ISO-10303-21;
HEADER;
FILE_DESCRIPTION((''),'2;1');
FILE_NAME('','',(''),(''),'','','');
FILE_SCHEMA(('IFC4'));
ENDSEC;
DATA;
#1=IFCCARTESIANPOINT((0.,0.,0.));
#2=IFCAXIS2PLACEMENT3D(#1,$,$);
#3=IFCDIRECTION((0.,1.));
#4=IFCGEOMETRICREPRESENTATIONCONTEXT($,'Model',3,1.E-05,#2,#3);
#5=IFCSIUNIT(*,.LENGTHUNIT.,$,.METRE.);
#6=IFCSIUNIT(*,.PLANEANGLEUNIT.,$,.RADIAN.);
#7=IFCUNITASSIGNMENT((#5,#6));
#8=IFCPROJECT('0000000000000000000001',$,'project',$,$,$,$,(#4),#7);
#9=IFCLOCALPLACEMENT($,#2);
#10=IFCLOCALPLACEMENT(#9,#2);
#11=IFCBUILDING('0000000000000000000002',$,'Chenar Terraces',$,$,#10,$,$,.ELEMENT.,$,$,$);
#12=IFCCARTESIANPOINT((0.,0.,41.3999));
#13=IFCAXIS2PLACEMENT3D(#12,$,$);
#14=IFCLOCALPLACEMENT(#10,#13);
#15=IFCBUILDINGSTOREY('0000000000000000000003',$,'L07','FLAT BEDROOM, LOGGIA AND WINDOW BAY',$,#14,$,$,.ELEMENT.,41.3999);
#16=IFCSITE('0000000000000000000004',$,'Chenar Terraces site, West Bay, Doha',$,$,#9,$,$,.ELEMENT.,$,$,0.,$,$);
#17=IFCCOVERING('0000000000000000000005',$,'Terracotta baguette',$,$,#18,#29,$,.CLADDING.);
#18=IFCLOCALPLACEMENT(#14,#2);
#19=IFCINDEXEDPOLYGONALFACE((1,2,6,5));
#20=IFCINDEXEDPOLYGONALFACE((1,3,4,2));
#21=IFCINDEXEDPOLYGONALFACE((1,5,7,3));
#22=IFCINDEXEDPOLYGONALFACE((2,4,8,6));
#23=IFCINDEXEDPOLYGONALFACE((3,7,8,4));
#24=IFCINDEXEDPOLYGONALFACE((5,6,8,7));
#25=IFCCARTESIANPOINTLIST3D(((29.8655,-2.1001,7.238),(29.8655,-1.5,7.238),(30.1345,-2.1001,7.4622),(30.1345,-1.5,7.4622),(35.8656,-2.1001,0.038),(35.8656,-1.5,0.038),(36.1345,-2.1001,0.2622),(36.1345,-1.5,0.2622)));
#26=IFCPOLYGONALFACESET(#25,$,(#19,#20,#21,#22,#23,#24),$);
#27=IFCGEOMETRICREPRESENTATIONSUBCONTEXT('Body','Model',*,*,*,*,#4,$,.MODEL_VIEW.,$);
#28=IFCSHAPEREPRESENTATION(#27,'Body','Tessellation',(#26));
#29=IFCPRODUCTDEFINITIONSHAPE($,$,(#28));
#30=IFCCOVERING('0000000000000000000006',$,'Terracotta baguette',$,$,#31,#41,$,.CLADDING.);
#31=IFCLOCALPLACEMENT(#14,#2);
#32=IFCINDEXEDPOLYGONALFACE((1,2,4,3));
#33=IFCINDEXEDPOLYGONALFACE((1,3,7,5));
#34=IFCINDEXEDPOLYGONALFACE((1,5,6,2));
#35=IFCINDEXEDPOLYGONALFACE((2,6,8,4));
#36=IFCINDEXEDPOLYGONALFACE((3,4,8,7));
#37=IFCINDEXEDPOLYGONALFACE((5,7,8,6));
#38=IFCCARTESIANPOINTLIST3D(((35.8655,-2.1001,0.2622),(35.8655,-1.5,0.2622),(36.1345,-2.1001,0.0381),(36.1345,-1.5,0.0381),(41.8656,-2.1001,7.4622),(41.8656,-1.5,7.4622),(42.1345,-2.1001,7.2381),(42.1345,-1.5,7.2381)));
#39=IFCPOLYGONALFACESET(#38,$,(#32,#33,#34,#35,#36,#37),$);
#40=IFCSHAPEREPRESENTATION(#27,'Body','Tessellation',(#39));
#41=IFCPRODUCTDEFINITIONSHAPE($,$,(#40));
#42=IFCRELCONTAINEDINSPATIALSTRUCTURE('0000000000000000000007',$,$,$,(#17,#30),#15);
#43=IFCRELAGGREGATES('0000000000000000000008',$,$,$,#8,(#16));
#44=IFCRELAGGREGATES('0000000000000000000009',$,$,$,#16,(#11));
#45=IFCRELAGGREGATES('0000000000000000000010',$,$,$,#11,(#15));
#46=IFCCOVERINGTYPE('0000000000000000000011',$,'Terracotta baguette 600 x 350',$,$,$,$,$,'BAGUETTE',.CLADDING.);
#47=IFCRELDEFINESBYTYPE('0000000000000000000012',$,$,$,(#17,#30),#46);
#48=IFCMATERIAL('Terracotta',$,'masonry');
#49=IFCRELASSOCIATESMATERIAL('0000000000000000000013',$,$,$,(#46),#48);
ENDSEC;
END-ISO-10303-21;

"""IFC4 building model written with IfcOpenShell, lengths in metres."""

from ifc_helpers import new_model, si_unit, direction, frame, origin, origin_2d, place, context, subcontext, project, spatial, rectangle, extrude, material, material_profile, profile_set, type_object, element, save


model = new_model("IFC4")

# Units and contexts
model_context = context("Model", 3, precision=1e-05, world=origin(), true_north=direction((0.0, 1.0)))
body_context = subcontext(model_context, "Body", "Model", "MODEL_VIEW")
ifc_project = project(units=[si_unit("LENGTHUNIT", "METRE"), si_unit("PLANEANGLEUNIT", "RADIAN")], contexts=[model_context])

# Site, building, storey
site_placement = place(None, origin())
site = spatial("IfcSite", under=ifc_project, at=site_placement, Name="Chenar Terraces site, West Bay, Doha", CompositionType="ELEMENT", RefElevation=0.0)
building_placement = place(site_placement, origin())
building = spatial("IfcBuilding", under=site, at=building_placement, Name="Chenar Terraces", CompositionType="ELEMENT")
storey_placement = place(building_placement, frame((0.0, 0.0, 41.3999)))
storey = spatial("IfcBuildingStorey", under=building, at=storey_placement, Name="L07", Description="FLAT BEDROOM, LOGGIA AND WINDOW BAY", CompositionType="ELEMENT", Elevation=41.3999)

# Coverings
ifc_material_1 = material(Name="Terracotta", Category="masonry")
ifc_material_profile_1 = material_profile(ifc_material_1, rectangle(XDim=0.6001, YDim=0.3501, at=origin_2d()), Name="Terracotta baguette 600 x 350")
ifc_profile_set_1 = profile_set([ifc_material_profile_1], Name="Terracotta")
covering_type = type_object("IfcCoveringType", Name="Terracotta baguette 600 x 350", ElementType="BAGUETTE", PredefinedType="CLADDING", material=ifc_profile_set_1)
for number, where, z_axis, x_axis, name in (
    (1, (30.0, -1.8, 7.3501), (0.640187, 0.0, -0.768219), (0.0, 1.0, 0.0), "Terracotta baguette"),
    (2, (36.0, -1.8, 0.1501), (0.640187, 0.0, 0.768219), (0.0, 1.0, 0.0), "Terracotta baguette"),
):
    element("IfcCovering", number, at=place(storey_placement, frame(where, z_axis=z_axis, x_axis=x_axis)), inside=storey, type_object=covering_type, Name=name, PredefinedType="CLADDING", context=body_context, shape_type="SweptSolid", body=[
        extrude(rectangle(XDim=0.6001, YDim=0.3501, at=origin_2d()), origin(), (0.0, 0.0, 1.0), 9.3723),
    ])

save(model, "model.ifc")
